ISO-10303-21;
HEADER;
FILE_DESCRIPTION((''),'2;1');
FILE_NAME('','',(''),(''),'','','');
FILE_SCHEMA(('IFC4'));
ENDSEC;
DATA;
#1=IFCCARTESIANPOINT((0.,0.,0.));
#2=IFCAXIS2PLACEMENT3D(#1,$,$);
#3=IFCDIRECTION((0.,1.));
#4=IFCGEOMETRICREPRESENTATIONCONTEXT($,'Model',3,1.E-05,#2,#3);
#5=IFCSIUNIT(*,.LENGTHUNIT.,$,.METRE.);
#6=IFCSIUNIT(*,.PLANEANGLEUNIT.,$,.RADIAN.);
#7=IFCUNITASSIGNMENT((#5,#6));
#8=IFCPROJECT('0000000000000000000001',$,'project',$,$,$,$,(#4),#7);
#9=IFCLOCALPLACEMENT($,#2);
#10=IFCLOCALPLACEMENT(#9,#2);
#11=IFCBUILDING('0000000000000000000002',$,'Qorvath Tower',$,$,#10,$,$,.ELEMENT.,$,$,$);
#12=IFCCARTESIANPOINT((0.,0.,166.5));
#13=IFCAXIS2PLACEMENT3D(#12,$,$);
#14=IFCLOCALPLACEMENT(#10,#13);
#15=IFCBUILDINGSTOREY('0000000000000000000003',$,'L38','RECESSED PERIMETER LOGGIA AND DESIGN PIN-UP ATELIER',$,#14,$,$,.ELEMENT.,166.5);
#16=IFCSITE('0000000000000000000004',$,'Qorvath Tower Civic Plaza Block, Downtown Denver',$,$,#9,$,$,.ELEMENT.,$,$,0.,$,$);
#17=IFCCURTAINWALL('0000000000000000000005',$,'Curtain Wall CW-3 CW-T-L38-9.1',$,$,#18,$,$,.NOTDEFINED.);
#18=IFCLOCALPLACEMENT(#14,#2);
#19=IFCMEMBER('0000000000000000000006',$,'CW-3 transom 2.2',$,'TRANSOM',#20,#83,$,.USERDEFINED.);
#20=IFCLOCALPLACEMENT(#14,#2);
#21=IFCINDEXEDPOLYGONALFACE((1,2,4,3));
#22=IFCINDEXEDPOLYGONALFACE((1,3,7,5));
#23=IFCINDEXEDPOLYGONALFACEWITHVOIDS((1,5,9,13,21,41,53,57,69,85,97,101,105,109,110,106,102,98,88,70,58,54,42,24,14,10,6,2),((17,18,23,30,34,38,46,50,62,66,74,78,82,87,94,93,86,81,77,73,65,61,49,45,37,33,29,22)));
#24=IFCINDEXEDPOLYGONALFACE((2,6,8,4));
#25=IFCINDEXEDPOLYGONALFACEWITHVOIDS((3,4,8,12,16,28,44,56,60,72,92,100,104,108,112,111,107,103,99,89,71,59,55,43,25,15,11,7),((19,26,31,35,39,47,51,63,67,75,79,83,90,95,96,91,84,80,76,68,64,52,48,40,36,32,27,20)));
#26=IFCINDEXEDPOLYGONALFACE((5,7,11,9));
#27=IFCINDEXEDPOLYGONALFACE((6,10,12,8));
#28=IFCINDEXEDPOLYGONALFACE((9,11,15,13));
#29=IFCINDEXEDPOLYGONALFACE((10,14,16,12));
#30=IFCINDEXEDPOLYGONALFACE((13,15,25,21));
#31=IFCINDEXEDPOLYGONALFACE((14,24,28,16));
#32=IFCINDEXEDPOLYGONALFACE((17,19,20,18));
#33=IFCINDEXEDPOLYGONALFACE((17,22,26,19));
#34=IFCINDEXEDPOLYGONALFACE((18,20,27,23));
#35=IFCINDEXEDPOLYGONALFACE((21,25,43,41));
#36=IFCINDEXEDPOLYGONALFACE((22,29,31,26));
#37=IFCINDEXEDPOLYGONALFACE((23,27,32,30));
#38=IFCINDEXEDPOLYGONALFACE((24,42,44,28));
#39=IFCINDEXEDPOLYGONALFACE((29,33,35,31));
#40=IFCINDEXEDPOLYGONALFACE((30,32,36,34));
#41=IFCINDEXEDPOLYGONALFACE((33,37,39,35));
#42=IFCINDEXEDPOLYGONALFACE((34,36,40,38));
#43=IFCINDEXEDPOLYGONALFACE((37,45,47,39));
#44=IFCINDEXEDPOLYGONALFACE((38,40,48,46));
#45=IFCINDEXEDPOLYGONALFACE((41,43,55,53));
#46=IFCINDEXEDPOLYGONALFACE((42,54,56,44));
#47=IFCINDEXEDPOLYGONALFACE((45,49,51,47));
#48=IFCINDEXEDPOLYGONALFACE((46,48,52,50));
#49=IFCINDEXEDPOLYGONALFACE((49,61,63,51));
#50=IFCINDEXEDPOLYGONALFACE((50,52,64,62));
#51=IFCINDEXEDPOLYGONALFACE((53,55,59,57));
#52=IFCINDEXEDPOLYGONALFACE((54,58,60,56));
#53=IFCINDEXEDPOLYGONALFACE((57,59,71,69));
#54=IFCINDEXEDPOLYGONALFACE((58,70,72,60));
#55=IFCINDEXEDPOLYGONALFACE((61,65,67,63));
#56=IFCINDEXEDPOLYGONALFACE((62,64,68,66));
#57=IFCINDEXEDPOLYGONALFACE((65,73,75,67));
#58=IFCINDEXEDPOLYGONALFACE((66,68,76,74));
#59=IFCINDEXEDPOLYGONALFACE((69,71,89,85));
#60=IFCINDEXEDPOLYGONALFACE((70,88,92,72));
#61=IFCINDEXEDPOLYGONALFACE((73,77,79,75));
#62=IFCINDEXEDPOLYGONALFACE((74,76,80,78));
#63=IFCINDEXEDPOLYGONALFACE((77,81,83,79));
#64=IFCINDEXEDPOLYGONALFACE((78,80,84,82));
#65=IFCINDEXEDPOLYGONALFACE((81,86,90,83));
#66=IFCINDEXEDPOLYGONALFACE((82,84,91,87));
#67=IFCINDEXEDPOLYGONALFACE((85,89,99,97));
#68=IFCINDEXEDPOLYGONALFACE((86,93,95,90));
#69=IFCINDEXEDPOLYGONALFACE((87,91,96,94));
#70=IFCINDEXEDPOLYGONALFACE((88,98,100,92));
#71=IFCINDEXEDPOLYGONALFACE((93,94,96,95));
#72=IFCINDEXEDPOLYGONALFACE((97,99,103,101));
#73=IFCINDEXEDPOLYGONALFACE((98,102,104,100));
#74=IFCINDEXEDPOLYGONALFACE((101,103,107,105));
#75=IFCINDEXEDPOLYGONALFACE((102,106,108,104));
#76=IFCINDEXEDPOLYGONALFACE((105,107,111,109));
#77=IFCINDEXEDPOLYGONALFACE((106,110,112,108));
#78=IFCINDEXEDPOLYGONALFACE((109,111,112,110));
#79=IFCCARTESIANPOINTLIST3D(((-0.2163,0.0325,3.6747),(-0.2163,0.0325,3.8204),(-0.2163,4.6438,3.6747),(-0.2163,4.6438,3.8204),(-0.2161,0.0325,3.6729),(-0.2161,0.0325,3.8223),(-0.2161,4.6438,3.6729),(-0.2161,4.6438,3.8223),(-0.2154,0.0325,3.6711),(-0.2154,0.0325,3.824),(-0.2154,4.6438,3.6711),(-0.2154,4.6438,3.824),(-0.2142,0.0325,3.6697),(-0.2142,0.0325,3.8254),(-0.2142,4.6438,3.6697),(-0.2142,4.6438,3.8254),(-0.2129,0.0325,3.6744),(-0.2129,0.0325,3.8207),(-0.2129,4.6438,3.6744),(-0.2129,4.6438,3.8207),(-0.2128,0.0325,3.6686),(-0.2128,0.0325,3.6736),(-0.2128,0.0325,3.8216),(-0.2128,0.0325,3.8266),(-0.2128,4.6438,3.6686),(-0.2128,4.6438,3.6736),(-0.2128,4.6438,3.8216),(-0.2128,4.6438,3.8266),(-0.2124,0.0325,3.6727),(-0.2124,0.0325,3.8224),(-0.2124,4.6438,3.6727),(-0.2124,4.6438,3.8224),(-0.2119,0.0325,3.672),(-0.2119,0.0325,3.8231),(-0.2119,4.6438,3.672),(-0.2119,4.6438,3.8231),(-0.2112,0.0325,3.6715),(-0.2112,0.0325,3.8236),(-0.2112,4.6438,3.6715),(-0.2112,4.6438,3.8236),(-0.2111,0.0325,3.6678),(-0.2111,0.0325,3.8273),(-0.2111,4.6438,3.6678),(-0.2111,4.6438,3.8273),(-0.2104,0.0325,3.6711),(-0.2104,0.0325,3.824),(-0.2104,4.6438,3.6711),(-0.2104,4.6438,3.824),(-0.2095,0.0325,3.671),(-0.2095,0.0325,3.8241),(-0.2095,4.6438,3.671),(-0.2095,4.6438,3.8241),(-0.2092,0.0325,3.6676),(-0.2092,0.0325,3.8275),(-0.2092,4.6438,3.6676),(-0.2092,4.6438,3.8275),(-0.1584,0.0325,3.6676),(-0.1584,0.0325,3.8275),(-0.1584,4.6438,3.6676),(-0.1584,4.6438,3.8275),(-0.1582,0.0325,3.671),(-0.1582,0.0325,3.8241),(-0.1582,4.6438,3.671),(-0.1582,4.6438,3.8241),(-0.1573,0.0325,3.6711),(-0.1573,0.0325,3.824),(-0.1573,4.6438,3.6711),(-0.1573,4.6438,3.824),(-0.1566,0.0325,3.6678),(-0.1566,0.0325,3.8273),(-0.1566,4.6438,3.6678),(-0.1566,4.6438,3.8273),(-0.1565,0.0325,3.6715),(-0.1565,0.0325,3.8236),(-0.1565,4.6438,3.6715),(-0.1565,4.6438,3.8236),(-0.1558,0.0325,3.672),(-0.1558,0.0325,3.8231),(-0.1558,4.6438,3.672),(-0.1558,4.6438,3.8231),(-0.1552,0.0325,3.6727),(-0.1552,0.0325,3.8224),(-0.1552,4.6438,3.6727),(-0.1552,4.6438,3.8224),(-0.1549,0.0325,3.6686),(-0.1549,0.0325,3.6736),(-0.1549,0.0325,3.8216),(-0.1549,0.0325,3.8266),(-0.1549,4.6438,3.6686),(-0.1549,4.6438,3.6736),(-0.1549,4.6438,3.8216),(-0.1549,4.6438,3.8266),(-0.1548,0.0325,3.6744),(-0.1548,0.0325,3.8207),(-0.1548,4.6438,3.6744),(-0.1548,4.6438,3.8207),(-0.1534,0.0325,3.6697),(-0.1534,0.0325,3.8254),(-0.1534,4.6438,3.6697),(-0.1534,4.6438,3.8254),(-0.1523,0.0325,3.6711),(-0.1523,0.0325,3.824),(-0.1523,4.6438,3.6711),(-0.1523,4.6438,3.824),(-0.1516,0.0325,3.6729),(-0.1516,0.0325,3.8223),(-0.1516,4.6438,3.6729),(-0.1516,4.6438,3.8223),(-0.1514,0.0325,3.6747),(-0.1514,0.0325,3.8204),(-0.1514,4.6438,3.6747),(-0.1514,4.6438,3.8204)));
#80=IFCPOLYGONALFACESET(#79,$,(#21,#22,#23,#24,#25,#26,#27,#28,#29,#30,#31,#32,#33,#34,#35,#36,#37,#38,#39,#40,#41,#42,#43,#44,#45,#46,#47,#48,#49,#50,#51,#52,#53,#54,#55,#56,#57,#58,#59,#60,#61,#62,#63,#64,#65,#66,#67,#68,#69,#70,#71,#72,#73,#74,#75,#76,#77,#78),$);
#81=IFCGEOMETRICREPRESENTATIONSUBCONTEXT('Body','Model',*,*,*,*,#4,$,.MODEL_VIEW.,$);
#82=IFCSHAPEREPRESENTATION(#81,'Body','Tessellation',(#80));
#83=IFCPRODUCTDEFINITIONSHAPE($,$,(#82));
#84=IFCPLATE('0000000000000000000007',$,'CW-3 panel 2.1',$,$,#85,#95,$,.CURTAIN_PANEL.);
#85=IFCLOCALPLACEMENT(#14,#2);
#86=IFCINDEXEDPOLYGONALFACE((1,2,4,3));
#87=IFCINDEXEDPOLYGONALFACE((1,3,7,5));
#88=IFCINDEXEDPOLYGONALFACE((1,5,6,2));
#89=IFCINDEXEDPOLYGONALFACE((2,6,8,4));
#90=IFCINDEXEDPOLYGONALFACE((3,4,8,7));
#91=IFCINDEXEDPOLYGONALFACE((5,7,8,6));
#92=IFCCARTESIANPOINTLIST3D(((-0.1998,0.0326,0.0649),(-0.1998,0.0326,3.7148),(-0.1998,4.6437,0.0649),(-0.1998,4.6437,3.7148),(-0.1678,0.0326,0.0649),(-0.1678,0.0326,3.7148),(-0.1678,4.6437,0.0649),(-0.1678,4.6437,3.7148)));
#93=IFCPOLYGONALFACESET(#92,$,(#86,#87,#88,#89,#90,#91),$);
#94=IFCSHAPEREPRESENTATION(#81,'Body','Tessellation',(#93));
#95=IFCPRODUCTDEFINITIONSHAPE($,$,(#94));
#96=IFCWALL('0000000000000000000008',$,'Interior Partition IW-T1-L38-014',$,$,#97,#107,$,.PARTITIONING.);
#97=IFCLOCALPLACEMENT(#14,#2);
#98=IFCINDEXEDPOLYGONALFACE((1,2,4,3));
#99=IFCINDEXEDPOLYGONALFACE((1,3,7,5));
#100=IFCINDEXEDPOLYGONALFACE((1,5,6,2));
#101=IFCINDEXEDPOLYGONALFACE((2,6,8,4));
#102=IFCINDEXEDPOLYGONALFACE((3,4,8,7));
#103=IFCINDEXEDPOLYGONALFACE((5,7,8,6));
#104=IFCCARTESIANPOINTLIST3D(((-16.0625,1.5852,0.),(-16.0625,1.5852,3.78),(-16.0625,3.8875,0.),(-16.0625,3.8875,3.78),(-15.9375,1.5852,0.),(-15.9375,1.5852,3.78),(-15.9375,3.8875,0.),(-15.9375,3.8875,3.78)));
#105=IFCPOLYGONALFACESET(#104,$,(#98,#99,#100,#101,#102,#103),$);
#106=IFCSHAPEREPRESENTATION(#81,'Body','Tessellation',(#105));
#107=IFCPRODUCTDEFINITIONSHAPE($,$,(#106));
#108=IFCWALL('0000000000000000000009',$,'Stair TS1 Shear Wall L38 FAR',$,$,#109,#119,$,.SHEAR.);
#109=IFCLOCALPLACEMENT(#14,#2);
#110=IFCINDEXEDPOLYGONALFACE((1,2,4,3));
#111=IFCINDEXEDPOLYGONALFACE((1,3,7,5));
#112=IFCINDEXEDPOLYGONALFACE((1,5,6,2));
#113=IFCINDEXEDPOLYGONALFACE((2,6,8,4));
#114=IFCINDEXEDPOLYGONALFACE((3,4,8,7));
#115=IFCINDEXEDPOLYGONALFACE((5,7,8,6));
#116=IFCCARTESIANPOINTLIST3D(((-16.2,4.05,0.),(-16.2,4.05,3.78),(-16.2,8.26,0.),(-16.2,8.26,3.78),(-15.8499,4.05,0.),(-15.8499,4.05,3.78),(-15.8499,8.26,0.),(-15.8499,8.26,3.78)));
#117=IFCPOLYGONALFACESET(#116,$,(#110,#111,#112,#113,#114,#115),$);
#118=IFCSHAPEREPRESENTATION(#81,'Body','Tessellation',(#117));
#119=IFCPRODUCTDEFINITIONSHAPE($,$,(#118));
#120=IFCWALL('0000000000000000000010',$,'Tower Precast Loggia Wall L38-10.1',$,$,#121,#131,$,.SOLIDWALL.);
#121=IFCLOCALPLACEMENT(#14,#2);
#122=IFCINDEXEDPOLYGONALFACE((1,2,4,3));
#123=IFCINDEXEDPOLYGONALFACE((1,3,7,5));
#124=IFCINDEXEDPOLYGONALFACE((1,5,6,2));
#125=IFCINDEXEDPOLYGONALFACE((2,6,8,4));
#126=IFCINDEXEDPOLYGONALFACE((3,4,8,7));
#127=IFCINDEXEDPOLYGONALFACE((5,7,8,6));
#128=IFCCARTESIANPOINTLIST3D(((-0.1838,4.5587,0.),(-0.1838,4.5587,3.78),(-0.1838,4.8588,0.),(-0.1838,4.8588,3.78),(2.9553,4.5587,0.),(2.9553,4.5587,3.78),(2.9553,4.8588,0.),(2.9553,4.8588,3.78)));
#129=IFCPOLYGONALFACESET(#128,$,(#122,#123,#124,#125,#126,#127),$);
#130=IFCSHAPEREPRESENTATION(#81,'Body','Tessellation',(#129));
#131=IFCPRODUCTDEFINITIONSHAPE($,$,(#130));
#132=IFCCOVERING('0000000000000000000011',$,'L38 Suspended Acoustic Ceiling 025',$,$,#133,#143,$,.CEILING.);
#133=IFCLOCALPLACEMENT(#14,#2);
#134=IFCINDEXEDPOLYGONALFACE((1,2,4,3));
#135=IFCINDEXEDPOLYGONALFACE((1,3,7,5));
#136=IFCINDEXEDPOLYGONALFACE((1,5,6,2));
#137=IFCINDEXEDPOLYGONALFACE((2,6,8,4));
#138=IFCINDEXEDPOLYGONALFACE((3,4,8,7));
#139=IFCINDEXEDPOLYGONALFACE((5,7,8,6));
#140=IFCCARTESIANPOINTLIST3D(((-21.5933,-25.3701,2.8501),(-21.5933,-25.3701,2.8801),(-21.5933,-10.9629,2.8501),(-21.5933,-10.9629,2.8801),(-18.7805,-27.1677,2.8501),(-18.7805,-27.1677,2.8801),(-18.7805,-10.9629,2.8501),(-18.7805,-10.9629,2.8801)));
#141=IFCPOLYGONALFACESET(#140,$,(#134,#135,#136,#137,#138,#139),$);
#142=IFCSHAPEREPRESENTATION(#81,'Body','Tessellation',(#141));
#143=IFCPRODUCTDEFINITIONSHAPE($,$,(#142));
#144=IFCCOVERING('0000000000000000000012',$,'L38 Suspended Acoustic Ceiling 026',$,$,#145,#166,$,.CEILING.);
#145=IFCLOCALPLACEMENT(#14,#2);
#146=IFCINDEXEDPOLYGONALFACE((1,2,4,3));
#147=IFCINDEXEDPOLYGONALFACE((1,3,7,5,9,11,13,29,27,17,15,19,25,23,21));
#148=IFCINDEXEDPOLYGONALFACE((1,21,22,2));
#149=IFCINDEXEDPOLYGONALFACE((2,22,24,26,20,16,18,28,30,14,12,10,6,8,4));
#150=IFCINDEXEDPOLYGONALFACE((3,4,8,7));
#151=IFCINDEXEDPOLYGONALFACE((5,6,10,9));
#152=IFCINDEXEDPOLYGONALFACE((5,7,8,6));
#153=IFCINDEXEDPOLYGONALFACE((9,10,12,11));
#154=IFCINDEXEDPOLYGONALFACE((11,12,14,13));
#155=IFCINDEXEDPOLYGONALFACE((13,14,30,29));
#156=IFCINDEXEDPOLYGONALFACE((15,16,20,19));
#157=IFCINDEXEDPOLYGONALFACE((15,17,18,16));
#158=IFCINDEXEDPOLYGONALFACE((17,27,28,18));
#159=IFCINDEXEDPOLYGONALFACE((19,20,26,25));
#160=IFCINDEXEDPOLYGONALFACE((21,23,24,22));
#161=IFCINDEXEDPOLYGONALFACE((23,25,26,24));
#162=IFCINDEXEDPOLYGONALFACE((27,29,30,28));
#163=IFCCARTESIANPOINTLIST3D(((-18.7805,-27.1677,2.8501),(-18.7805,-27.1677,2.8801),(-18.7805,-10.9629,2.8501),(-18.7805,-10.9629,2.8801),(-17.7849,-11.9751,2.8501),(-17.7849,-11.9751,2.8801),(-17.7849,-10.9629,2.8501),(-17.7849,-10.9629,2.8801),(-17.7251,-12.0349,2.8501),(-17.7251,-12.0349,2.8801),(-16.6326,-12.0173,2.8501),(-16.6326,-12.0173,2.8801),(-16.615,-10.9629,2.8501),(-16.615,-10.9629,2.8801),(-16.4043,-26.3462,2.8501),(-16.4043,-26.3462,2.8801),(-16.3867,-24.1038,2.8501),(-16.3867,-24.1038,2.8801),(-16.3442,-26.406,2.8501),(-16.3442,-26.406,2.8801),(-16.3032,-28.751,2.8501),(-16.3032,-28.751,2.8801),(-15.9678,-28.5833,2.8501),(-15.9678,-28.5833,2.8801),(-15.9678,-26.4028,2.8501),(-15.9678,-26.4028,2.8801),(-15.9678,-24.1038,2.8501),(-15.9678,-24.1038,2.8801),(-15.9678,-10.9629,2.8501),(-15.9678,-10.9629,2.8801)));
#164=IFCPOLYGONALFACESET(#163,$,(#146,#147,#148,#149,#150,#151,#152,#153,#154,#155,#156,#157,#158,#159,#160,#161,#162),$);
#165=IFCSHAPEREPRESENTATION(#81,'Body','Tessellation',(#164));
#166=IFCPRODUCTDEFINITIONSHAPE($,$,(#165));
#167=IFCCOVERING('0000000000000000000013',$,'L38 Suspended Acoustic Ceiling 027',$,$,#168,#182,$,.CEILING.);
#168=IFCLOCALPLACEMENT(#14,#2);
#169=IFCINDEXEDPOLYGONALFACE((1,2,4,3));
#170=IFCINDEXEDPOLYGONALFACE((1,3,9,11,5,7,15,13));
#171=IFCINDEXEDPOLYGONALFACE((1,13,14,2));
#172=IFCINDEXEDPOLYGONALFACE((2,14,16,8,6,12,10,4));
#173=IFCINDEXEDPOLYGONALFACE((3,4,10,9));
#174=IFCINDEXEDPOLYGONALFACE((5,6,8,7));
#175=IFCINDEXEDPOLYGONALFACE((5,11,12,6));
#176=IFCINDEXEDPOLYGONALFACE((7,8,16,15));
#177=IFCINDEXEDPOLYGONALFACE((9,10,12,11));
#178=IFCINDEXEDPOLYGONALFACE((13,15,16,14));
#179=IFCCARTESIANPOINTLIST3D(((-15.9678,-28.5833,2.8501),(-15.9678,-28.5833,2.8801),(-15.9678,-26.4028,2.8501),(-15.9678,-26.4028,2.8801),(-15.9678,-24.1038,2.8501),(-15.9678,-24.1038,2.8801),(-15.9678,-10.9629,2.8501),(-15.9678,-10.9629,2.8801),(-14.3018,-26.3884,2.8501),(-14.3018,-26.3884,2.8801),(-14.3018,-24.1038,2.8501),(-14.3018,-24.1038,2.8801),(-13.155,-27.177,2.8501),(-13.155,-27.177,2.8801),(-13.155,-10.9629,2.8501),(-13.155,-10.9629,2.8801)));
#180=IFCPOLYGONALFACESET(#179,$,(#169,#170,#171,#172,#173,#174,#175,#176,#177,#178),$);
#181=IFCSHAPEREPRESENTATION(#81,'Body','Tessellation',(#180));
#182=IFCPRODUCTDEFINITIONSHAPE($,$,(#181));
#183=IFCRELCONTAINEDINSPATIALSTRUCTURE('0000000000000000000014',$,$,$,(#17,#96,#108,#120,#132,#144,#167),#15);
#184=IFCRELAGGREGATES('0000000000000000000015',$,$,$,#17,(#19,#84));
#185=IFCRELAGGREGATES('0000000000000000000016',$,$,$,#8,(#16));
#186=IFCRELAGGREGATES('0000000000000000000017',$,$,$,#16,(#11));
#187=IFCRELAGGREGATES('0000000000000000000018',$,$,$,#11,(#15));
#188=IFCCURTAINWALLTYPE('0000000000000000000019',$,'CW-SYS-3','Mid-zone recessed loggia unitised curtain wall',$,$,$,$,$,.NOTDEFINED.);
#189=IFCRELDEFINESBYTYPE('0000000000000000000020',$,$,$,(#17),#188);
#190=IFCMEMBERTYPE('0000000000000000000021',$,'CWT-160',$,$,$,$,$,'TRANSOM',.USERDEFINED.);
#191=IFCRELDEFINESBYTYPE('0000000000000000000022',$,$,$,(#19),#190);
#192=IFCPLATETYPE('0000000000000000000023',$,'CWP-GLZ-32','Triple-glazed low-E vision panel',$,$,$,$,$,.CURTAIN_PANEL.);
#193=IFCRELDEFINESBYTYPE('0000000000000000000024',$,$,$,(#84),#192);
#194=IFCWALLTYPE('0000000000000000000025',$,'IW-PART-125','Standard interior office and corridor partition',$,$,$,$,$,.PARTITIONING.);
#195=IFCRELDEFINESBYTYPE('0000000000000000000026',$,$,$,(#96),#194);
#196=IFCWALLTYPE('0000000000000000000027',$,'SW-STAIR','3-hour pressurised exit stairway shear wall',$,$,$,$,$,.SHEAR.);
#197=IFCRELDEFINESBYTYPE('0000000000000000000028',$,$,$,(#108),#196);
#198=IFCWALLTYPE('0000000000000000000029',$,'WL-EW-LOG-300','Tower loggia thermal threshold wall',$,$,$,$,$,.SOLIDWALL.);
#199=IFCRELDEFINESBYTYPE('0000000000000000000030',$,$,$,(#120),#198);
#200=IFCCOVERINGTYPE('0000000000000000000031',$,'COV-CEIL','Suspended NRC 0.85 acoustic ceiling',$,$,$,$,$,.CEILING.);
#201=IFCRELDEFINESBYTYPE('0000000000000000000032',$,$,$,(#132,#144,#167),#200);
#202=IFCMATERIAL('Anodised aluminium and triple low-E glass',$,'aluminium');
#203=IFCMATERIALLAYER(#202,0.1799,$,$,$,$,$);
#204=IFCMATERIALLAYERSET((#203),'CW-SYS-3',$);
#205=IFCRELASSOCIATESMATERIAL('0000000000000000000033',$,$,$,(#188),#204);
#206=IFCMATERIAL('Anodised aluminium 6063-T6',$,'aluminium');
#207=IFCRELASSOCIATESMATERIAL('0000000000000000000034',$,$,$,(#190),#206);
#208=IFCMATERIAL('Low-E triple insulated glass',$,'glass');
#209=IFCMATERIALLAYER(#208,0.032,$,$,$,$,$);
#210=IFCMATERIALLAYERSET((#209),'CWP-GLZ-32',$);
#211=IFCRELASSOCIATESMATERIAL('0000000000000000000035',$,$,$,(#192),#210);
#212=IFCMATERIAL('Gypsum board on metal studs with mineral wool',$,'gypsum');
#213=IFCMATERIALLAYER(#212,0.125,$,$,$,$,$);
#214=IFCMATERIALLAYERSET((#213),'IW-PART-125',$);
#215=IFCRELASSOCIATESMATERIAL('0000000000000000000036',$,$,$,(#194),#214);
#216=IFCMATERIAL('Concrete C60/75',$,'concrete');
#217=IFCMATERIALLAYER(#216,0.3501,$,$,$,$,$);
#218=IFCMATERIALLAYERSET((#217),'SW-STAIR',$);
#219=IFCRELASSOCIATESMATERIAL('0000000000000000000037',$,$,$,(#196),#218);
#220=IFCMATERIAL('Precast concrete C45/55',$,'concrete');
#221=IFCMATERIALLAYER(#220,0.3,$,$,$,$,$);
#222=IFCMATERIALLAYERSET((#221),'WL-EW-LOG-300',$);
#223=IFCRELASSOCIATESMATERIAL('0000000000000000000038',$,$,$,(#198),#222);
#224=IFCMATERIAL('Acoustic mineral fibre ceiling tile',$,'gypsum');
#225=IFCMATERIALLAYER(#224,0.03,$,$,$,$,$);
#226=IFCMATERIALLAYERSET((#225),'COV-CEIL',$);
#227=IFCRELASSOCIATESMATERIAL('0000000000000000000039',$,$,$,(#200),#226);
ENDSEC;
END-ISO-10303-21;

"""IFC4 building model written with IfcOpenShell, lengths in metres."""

from ifc_helpers import new_model, si_unit, direction, frame, frame_2d, origin, origin_2d, place, context, subcontext, project, spatial, polyline, rectangle, hollow_rectangle, outline, extrude, material, layer, layer_set, material_profile, profile_set, type_object, element, aggregate, save


model = new_model("IFC4")

# Units and contexts
model_context = context("Model", 3, precision=1e-05, world=origin(), true_north=direction((0.0, 1.0)))
body_context = subcontext(model_context, "Body", "Model", "MODEL_VIEW")
ifc_project = project(units=[si_unit("LENGTHUNIT", "METRE"), si_unit("PLANEANGLEUNIT", "RADIAN")], contexts=[model_context])

# Site, building, storey
site_placement = place(None, origin())
site = spatial("IfcSite", under=ifc_project, at=site_placement, Name="Qorvath Tower Civic Plaza Block, Downtown Denver", CompositionType="ELEMENT", RefElevation=0.0)
building_placement = place(site_placement, origin())
building = spatial("IfcBuilding", under=site, at=building_placement, Name="Qorvath Tower", CompositionType="ELEMENT")
storey_placement = place(building_placement, frame((0.0, 0.0, 166.5)))
storey = spatial("IfcBuildingStorey", under=building, at=storey_placement, Name="L38", Description="RECESSED PERIMETER LOGGIA AND DESIGN PIN-UP ATELIER", CompositionType="ELEMENT", Elevation=166.5)

# Curtain wall, member, plate
ifc_material_1 = material(Name="Anodised aluminium and triple low-E glass", Category="aluminium")
ifc_layer_1 = layer(ifc_material_1, 0.1799)
ifc_layer_set_1 = layer_set([ifc_layer_1], Name="CW-SYS-3")
curtain_wall_type = type_object("IfcCurtainWallType", Name="CW-SYS-3", Description="Mid-zone recessed loggia unitised curtain wall", PredefinedType="NOTDEFINED", material=ifc_layer_set_1)
curtain_wall_placement = place(storey_placement, origin())
curtain_wall = element("IfcCurtainWall", 1, at=curtain_wall_placement, inside=storey, type_object=curtain_wall_type, Name="Curtain Wall CW-3 CW-T-L38-9.1", PredefinedType="NOTDEFINED")
ifc_material_2 = material(Name="Anodised aluminium 6063-T6", Category="aluminium")
ifc_material_profile_1 = material_profile(ifc_material_2, hollow_rectangle(XDim=0.0649, YDim=0.1599, WallThickness=0.0034, InnerFilletRadius=0.0034, OuterFilletRadius=0.0071, at=origin_2d()), Name="CWT 160x65")
ifc_profile_set_1 = profile_set([ifc_material_profile_1], Name="Anodised aluminium 6063-T6")
member_type_1 = type_object("IfcMemberType", Name="CWT-160", ElementType="TRANSOM", PredefinedType="USERDEFINED", material=ifc_profile_set_1)
member_1_placement = place(storey_placement, frame((-0.1838, 0.0325, 3.7476), z_axis=(0.0, 1.0, 0.0), x_axis=(-1.0, 0.0, 0.0)))
member_1 = element("IfcMember", 2, at=member_1_placement, type_object=member_type_1, Name="CW-3 transom 2.2", ObjectType="TRANSOM", PredefinedType="USERDEFINED", context=body_context, shape_type="SweptSolid", body=[
    extrude(hollow_rectangle(XDim=0.0649, YDim=0.1599, WallThickness=0.0034, InnerFilletRadius=0.0034, OuterFilletRadius=0.0071, at=origin_2d()), origin(), (0.0, 0.0, 1.0), 4.6113),
])
ifc_material_3 = material(Name="Low-E triple insulated glass", Category="glass")
ifc_layer_2 = layer(ifc_material_3, 0.032)
ifc_layer_set_2 = layer_set([ifc_layer_2], Name="CWP-GLZ-32")
plate_type = type_object("IfcPlateType", Name="CWP-GLZ-32", Description="Triple-glazed low-E vision panel", PredefinedType="CURTAIN_PANEL", material=ifc_layer_set_2)
plate_placement = place(storey_placement, frame((-0.1838, 2.3381, 0.0649), z_axis=(0.0, 0.0, 1.0), x_axis=(0.0, 1.0, 0.0)))
plate = element("IfcPlate", 3, at=plate_placement, type_object=plate_type, Name="CW-3 panel 2.1", PredefinedType="CURTAIN_PANEL", context=body_context, shape_type="SweptSolid", body=[
    extrude(rectangle(XDim=4.6111, YDim=0.032, at=origin_2d()), origin(), (0.0, 0.0, 1.0), 3.6499),
])
aggregate(curtain_wall, [member_1, plate])

# Walls
ifc_material_4 = material(Name="Gypsum board on metal studs with mineral wool", Category="gypsum")
ifc_layer_3 = layer(ifc_material_4, 0.125)
ifc_layer_set_3 = layer_set([ifc_layer_3], Name="IW-PART-125")
wall_type_1 = type_object("IfcWallType", Name="IW-PART-125", Description="Standard interior office and corridor partition", PredefinedType="PARTITIONING", material=ifc_layer_set_3)
wall_1_placement = place(storey_placement, frame((-16.0, 1.5852, 0.0), z_axis=(0.0, 0.0, 1.0), x_axis=(0.0, 1.0, 0.0)))
element("IfcWall", 4, at=wall_1_placement, inside=storey, type_object=wall_type_1, Name="Interior Partition IW-T1-L38-014", PredefinedType="PARTITIONING", context=body_context, shape_type="SweptSolid", body=[
    extrude(rectangle(XDim=2.3022, YDim=0.125, at=frame_2d((1.1511, 0.0))), origin(), (0.0, 0.0, 1.0), 3.78),
])
ifc_material_5 = material(Name="Concrete C60/75", Category="concrete")
ifc_layer_4 = layer(ifc_material_5, 0.3501)
ifc_layer_set_4 = layer_set([ifc_layer_4], Name="SW-STAIR")
wall_type_2 = type_object("IfcWallType", Name="SW-STAIR", Description="3-hour pressurised exit stairway shear wall", PredefinedType="SHEAR", material=ifc_layer_set_4)
wall_2_placement = place(storey_placement, frame((-16.0249, 4.05, 0.0), z_axis=(0.0, 0.0, 1.0), x_axis=(0.0, 1.0, 0.0)))
element("IfcWall", 5, at=wall_2_placement, inside=storey, type_object=wall_type_2, Name="Stair TS1 Shear Wall L38 FAR", PredefinedType="SHEAR", context=body_context, shape_type="SweptSolid", body=[
    extrude(rectangle(XDim=4.21, YDim=0.3501, at=frame_2d((2.105, 0.0))), origin(), (0.0, 0.0, 1.0), 3.78),
])
ifc_material_6 = material(Name="Precast concrete C45/55", Category="concrete")
ifc_layer_5 = layer(ifc_material_6, 0.3)
ifc_layer_set_5 = layer_set([ifc_layer_5], Name="WL-EW-LOG-300")
wall_type_3 = type_object("IfcWallType", Name="WL-EW-LOG-300", Description="Tower loggia thermal threshold wall", PredefinedType="SOLIDWALL", material=ifc_layer_set_5)
wall_3_placement = place(storey_placement, frame((-0.1838, 4.7087, 0.0), z_axis=(0.0, 0.0, 1.0), x_axis=(1.0, 0.0, 0.0)))
element("IfcWall", 6, at=wall_3_placement, inside=storey, type_object=wall_type_3, Name="Tower Precast Loggia Wall L38-10.1", PredefinedType="SOLIDWALL", context=body_context, shape_type="SweptSolid", body=[
    extrude(rectangle(XDim=3.1392, YDim=0.3, at=frame_2d((1.5696, 0.0))), origin(), (0.0, 0.0, 1.0), 3.78),
])

# Coverings
ifc_material_7 = material(Name="Acoustic mineral fibre ceiling tile", Category="gypsum")
ifc_layer_6 = layer(ifc_material_7, 0.03)
ifc_layer_set_6 = layer_set([ifc_layer_6], Name="COV-CEIL")
covering_type_1 = type_object("IfcCoveringType", Name="COV-CEIL", Description="Suspended NRC 0.85 acoustic ceiling", PredefinedType="CEILING", material=ifc_layer_set_6)
covering_1_placement = place(storey_placement, frame((0.0, 0.0, 2.8501)))
element("IfcCovering", 7, at=covering_1_placement, inside=storey, type_object=covering_type_1, Name="L38 Suspended Acoustic Ceiling 025", PredefinedType="CEILING", context=body_context, shape_type="SweptSolid", body=[
    extrude(outline(polyline([(-18.7805, -27.1677), (-18.7805, -10.9629), (-21.5933, -10.9629), (-21.5933, -25.3701), (-18.7805, -27.1677)])), origin(), (0.0, 0.0, 1.0), 0.03),
])
covering_2_placement = place(storey_placement, frame((0.0, 0.0, 2.8501)))
element("IfcCovering", 8, at=covering_2_placement, inside=storey, type_object=covering_type_1, Name="L38 Suspended Acoustic Ceiling 026", PredefinedType="CEILING", context=body_context, shape_type="SweptSolid", body=[
    extrude(outline(polyline([(-15.9678, -28.5833), (-15.9678, -26.4028), (-16.3442, -26.406), (-16.4043, -26.3462), (-16.3867, -24.1038), (-15.9678, -24.1038), (-15.9678, -10.9629), (-16.615, -10.9629), (-16.6326, -12.0173), (-17.7251, -12.0349), (-17.7849, -11.9751), (-17.7849, -10.9629), (-18.7805, -10.9629), (-18.7805, -27.1677), (-16.3032, -28.751), (-15.9678, -28.5833)])), origin(), (0.0, 0.0, 1.0), 0.03),
])
covering_3_placement = place(storey_placement, frame((0.0, 0.0, 2.8501)))
element("IfcCovering", 9, at=covering_3_placement, inside=storey, type_object=covering_type_1, Name="L38 Suspended Acoustic Ceiling 027", PredefinedType="CEILING", context=body_context, shape_type="SweptSolid", body=[
    extrude(outline(polyline([(-13.155, -27.177), (-13.155, -10.9629), (-15.9678, -10.9629), (-15.9678, -24.1038), (-14.3018, -24.1038), (-14.3018, -26.3884), (-15.9678, -26.4028), (-15.9678, -28.5833), (-13.155, -27.177)])), origin(), (0.0, 0.0, 1.0), 0.03),
])

save(model, "model.ifc")
